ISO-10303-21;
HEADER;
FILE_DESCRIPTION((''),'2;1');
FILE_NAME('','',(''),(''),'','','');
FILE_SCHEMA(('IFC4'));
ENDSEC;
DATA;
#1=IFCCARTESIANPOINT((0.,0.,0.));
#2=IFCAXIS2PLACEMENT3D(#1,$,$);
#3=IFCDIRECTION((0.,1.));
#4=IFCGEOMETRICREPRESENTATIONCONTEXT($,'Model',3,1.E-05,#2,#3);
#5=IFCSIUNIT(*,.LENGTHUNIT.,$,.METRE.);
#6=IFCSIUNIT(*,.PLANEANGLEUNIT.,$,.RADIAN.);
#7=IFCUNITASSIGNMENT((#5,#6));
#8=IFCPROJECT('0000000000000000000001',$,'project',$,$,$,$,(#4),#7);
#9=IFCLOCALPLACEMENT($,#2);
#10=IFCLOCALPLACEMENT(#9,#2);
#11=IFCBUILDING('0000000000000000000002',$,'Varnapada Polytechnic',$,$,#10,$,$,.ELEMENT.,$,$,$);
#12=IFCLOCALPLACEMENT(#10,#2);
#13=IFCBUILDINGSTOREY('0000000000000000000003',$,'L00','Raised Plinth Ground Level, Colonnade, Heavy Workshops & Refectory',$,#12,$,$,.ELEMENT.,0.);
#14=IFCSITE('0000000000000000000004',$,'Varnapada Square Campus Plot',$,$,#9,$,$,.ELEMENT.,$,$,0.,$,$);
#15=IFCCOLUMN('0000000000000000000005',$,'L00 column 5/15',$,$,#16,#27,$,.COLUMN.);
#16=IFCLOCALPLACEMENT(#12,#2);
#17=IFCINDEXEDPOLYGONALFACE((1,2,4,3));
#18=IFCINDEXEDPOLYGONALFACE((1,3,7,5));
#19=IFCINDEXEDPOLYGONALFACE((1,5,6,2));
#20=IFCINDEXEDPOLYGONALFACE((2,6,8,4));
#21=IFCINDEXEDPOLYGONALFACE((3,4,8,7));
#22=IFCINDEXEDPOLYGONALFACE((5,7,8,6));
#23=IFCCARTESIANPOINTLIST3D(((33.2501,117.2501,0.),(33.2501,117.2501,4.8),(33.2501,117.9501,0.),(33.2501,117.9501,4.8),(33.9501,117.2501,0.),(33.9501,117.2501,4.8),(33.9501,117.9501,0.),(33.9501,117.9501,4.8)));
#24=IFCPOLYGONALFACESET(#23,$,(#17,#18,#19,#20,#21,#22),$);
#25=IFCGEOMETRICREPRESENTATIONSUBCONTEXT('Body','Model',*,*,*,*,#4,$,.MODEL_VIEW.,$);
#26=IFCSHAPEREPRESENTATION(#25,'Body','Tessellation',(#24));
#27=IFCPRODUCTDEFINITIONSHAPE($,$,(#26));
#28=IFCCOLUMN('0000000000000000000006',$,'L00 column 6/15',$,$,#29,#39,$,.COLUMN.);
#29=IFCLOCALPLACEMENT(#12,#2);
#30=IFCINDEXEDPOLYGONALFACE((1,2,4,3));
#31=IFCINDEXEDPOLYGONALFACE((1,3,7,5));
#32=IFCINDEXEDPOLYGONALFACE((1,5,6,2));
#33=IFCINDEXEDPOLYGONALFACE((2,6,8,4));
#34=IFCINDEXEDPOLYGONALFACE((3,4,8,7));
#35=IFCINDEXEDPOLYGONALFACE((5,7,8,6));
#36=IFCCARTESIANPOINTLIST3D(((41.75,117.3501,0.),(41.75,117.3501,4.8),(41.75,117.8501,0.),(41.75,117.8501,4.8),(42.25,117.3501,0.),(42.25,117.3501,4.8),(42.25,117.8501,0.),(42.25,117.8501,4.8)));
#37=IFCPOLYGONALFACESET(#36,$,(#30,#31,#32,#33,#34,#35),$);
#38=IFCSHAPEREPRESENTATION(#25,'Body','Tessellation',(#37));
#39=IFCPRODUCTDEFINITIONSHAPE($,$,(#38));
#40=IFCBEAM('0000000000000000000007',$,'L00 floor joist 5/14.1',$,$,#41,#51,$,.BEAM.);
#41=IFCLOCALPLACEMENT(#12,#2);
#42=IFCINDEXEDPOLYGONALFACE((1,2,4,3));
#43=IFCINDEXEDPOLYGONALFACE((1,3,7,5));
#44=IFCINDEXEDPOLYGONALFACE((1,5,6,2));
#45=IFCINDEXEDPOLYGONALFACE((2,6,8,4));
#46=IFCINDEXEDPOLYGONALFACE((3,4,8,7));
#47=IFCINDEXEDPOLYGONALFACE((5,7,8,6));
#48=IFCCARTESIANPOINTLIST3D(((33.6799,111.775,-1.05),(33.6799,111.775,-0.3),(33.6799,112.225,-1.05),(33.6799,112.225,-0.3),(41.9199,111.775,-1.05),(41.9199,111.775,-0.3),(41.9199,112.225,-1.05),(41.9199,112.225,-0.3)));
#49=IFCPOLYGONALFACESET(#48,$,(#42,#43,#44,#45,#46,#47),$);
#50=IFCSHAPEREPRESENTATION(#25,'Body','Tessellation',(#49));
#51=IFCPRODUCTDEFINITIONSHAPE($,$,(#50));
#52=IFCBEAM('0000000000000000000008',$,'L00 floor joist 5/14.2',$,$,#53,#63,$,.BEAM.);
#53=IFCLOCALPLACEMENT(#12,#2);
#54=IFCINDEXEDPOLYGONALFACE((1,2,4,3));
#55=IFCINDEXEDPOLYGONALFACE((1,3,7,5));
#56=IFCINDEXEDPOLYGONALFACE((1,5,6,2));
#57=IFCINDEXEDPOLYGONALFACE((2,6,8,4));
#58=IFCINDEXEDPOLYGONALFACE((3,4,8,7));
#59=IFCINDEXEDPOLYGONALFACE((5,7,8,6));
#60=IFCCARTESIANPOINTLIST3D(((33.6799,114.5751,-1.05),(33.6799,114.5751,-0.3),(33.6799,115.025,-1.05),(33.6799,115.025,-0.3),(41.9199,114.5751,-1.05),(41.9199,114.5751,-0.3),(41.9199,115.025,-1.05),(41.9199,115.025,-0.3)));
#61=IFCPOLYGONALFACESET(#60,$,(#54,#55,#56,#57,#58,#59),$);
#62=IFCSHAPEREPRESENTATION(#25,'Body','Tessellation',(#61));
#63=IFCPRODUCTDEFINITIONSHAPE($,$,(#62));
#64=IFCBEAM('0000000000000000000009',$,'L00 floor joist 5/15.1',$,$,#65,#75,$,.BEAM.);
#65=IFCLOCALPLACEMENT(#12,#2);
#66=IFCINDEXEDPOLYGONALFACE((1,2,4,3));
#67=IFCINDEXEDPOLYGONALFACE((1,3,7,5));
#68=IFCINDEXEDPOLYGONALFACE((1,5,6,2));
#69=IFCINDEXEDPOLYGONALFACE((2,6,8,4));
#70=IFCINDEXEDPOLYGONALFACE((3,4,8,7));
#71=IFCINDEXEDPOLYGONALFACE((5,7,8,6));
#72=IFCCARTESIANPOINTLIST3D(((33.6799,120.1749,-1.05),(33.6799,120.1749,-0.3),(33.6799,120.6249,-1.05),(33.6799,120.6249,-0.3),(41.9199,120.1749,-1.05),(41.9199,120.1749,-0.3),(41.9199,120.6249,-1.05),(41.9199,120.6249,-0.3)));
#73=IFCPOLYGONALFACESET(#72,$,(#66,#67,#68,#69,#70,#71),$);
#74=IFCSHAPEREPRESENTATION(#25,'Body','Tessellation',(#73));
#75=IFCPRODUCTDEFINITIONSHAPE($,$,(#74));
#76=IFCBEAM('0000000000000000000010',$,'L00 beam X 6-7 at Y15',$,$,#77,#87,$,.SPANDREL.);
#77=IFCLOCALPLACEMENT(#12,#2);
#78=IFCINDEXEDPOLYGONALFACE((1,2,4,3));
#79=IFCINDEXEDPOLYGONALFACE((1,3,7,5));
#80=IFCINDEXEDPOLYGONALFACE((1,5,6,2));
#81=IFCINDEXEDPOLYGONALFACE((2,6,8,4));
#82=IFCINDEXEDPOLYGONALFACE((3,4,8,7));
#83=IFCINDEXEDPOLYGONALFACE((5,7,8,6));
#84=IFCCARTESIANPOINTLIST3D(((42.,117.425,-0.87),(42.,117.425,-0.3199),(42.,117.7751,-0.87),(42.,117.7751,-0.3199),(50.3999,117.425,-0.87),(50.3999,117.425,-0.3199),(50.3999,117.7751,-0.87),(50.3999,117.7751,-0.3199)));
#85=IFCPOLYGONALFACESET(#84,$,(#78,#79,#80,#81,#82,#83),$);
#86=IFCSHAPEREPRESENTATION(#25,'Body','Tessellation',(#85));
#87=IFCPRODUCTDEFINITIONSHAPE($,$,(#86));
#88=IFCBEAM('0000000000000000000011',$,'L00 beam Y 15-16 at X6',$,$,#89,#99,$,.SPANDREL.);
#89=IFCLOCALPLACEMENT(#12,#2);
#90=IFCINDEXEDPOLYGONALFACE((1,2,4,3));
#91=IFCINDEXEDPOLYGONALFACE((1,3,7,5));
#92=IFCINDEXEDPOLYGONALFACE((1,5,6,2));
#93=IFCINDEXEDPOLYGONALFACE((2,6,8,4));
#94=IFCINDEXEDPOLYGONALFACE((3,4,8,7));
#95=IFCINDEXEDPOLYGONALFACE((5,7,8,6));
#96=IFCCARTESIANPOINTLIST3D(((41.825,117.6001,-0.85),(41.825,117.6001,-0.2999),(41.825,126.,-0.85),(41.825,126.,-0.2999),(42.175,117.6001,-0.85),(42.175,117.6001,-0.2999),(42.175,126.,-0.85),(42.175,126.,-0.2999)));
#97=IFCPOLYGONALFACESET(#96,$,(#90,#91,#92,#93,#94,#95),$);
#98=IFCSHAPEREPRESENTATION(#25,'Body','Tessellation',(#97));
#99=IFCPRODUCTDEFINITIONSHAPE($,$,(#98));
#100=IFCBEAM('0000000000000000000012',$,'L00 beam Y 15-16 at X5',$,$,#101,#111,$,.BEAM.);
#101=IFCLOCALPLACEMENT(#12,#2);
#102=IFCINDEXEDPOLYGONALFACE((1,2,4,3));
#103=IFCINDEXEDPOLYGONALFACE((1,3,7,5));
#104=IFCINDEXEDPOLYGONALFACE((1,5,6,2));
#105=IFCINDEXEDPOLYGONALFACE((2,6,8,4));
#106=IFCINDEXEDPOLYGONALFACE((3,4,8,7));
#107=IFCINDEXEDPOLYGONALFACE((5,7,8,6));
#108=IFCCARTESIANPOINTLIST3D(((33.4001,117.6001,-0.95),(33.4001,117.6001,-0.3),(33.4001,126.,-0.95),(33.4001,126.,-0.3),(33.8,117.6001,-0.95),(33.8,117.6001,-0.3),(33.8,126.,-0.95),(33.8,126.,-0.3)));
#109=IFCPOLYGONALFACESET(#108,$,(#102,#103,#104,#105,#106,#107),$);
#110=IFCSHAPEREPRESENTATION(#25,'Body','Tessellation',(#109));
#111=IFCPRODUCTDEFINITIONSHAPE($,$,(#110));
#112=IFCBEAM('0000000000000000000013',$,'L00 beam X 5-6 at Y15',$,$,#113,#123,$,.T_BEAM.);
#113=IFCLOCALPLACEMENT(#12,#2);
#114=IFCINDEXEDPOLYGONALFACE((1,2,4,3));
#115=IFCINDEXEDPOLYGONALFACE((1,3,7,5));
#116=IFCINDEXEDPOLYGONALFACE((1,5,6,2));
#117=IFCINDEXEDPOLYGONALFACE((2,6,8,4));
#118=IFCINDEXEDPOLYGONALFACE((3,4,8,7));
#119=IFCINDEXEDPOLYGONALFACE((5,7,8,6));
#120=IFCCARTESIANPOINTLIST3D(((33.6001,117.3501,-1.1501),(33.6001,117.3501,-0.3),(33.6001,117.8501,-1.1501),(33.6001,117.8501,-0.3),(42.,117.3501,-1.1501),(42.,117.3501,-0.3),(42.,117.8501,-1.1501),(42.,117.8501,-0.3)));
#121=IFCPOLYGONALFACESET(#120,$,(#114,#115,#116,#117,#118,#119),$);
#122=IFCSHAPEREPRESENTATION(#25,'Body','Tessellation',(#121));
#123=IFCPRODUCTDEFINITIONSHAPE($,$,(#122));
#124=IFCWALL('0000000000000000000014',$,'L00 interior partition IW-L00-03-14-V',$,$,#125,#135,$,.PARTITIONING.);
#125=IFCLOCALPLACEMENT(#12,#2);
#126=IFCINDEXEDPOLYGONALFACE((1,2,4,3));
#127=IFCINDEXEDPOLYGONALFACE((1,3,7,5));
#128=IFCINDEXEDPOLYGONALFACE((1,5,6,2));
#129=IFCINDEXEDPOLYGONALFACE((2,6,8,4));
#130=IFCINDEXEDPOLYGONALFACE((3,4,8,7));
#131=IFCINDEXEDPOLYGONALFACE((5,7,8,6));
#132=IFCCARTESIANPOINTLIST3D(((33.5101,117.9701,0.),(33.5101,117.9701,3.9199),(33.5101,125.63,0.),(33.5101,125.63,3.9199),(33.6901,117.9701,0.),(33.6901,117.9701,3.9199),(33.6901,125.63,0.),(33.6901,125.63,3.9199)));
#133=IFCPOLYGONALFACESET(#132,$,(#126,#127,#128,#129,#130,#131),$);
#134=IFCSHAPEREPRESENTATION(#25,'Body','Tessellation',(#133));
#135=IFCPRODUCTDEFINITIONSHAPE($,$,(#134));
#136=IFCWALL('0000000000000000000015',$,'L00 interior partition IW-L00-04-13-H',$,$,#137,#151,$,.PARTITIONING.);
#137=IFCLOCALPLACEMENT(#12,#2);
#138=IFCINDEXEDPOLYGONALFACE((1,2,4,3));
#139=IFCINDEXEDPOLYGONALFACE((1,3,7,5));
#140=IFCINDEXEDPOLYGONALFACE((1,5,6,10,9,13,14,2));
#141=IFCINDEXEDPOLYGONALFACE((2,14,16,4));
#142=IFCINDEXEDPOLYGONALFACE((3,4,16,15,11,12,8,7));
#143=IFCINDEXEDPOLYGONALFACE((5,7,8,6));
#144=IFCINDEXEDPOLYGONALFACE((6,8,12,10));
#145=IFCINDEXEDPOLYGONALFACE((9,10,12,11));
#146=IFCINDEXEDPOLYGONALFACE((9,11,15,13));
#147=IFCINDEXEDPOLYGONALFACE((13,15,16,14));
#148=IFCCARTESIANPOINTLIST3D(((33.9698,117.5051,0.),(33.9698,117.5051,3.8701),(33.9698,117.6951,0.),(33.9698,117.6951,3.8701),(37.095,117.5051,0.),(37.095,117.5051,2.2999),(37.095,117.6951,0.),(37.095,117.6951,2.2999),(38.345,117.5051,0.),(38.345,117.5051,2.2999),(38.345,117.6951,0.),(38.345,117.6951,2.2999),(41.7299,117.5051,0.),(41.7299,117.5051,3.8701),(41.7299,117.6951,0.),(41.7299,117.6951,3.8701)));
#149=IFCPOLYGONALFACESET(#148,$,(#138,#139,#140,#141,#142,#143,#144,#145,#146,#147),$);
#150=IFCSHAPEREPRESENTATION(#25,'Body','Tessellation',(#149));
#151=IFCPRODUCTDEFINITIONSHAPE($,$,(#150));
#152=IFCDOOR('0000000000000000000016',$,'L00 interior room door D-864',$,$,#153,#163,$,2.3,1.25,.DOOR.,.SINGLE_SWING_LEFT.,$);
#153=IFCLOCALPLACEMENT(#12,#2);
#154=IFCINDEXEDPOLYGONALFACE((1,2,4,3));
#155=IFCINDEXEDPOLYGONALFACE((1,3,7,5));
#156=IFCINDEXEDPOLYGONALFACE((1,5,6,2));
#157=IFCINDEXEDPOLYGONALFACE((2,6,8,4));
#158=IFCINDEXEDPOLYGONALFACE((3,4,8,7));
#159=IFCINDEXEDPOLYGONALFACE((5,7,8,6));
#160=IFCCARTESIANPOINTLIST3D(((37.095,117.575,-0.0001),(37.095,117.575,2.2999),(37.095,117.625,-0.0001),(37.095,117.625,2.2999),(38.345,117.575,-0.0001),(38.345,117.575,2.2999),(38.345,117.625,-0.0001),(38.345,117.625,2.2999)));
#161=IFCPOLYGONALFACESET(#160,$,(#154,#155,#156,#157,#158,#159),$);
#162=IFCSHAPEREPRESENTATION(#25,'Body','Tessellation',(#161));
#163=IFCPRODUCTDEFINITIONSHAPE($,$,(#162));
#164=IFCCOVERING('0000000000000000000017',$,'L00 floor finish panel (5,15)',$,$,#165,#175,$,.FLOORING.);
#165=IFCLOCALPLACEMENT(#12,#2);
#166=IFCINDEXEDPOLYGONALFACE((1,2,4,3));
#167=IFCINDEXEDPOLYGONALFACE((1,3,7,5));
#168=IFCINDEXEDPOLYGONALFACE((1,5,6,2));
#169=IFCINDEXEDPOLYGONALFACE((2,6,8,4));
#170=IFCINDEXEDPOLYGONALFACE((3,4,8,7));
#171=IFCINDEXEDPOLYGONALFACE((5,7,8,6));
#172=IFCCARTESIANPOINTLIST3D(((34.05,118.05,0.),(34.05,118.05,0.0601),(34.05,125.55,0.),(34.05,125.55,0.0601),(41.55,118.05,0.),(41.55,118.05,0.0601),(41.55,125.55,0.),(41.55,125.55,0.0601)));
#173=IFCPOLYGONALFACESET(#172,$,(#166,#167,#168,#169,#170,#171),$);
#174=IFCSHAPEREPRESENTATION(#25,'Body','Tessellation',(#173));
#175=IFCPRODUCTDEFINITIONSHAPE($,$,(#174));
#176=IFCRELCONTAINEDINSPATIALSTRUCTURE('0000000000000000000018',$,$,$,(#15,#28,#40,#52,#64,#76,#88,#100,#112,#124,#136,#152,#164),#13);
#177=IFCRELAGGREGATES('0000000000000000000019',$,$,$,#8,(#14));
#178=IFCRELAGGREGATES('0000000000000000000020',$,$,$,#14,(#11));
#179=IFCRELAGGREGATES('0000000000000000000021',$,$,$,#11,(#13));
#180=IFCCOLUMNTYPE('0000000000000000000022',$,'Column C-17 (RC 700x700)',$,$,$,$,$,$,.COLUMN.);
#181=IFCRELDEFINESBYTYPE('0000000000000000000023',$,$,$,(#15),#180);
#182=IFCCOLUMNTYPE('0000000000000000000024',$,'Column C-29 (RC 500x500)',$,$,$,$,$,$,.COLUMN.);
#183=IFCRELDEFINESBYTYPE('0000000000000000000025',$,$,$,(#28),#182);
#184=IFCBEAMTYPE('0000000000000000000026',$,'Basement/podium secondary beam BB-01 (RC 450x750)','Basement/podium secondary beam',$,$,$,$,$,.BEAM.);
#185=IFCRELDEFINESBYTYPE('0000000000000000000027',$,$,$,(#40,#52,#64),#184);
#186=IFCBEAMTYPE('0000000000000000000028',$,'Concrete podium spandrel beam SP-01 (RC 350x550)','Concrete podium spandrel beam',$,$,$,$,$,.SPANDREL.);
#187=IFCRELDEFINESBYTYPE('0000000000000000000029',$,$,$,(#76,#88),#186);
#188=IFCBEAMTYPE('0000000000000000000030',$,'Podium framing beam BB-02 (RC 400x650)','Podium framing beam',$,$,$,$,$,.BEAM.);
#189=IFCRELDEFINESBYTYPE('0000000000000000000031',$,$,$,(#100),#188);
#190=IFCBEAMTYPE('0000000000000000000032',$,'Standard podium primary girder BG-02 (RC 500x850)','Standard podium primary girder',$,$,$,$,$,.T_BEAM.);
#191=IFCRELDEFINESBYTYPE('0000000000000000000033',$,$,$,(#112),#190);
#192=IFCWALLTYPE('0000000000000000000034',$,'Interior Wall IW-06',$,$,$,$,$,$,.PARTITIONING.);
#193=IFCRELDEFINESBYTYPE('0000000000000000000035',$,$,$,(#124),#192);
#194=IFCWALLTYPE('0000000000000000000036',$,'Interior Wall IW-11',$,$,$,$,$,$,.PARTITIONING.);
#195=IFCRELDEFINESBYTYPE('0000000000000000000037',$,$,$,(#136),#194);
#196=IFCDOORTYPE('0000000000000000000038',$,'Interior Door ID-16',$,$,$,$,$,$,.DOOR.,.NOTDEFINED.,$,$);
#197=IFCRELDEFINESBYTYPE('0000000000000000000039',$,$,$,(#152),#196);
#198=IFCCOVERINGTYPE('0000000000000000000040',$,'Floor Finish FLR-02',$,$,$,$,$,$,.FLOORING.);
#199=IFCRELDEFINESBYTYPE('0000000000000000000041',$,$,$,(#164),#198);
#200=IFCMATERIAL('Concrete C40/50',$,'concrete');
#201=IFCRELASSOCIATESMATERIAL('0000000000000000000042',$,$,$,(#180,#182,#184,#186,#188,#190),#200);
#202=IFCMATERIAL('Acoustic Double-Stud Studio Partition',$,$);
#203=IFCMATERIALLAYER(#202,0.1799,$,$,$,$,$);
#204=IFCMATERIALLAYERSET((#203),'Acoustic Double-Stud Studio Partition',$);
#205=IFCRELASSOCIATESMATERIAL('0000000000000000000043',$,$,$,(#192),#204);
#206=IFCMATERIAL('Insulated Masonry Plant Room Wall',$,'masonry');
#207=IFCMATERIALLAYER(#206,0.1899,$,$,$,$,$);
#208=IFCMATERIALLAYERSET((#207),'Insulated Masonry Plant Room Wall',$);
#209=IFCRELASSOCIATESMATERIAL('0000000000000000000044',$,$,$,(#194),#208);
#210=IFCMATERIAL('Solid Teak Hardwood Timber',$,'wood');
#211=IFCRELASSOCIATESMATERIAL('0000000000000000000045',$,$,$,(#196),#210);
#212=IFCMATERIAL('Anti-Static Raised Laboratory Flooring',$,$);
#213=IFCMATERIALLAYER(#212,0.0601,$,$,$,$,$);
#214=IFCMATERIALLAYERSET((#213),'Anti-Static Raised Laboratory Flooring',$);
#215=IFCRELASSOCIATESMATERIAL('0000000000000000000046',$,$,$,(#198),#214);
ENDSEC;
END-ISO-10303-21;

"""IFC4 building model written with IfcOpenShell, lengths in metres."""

from ifc_helpers import new_model, si_unit, direction, frame, frame_2d, origin, origin_2d, place, context, subcontext, project, spatial, rectangle, extrude, material, layer, layer_set, material_profile, profile_set, type_object, element, fill, save


model = new_model("IFC4")

# Units and contexts
model_context = context("Model", 3, precision=1e-05, world=origin(), true_north=direction((0.0, 1.0)))
body_context = subcontext(model_context, "Body", "Model", "MODEL_VIEW")
ifc_project = project(units=[si_unit("LENGTHUNIT", "METRE"), si_unit("PLANEANGLEUNIT", "RADIAN")], contexts=[model_context])

# Site, building, storey
site_placement = place(None, origin())
site = spatial("IfcSite", under=ifc_project, at=site_placement, Name="Varnapada Square Campus Plot", CompositionType="ELEMENT", RefElevation=0.0)
building_placement = place(site_placement, origin())
building = spatial("IfcBuilding", under=site, at=building_placement, Name="Varnapada Polytechnic", CompositionType="ELEMENT")
storey_placement = place(building_placement, origin())
storey = spatial("IfcBuildingStorey", under=building, at=storey_placement, Name="L00", Description="Raised Plinth Ground Level, Colonnade, Heavy Workshops & Refectory", CompositionType="ELEMENT", Elevation=0.0)

# Columns
ifc_material_1 = material(Name="Concrete C40/50", Category="concrete")
ifc_material_profile_1 = material_profile(ifc_material_1, rectangle(XDim=0.7, YDim=0.7, at=origin_2d()), Name="RC 700x700")
ifc_profile_set_1 = profile_set([ifc_material_profile_1], Name="Concrete C40/50")
column_type_1 = type_object("IfcColumnType", Name="Column C-17 (RC 700x700)", PredefinedType="COLUMN", material=ifc_profile_set_1)
column_1_placement = place(storey_placement, frame((33.6001, 117.6001, 0.0), z_axis=(0.0, 0.0, 1.0), x_axis=(1.0, 0.0, 0.0)))
element("IfcColumn", 1, at=column_1_placement, inside=storey, type_object=column_type_1, Name="L00 column 5/15", PredefinedType="COLUMN", context=body_context, shape_type="SweptSolid", body=[
    extrude(rectangle(XDim=0.7, YDim=0.7, at=origin_2d()), origin(), (0.0, 0.0, 1.0), 4.8),
])
ifc_material_profile_2 = material_profile(ifc_material_1, rectangle(XDim=0.5, YDim=0.5, at=origin_2d()), Name="RC 500x500")
ifc_profile_set_2 = profile_set([ifc_material_profile_2], Name="Concrete C40/50")
column_type_2 = type_object("IfcColumnType", Name="Column C-29 (RC 500x500)", PredefinedType="COLUMN", material=ifc_profile_set_2)
column_2_placement = place(storey_placement, frame((42.0, 117.6001, 0.0), z_axis=(0.0, 0.0, 1.0), x_axis=(1.0, 0.0, 0.0)))
element("IfcColumn", 2, at=column_2_placement, inside=storey, type_object=column_type_2, Name="L00 column 6/15", PredefinedType="COLUMN", context=body_context, shape_type="SweptSolid", body=[
    extrude(rectangle(XDim=0.5, YDim=0.5, at=origin_2d()), origin(), (0.0, 0.0, 1.0), 4.8),
])

# Beams
ifc_material_profile_3 = material_profile(ifc_material_1, rectangle(XDim=0.45, YDim=0.75, at=origin_2d()), Name="RC 450x750")
ifc_profile_set_3 = profile_set([ifc_material_profile_3], Name="Concrete C40/50")
beam_type_1 = type_object("IfcBeamType", Name="Basement/podium secondary beam BB-01 (RC 450x750)", Description="Basement/podium secondary beam", PredefinedType="BEAM", material=ifc_profile_set_3)
for number, where, z_axis, x_axis, name in (
    (3, (33.6799, 112.0, -0.675), (1.0, 0.0, 0.0), (0.0, 1.0, 0.0), "L00 floor joist 5/14.1"),
    (4, (33.6799, 114.8, -0.675), (1.0, 0.0, 0.0), (0.0, 1.0, 0.0), "L00 floor joist 5/14.2"),
    (5, (33.6799, 120.3999, -0.675), (1.0, 0.0, 0.0), (0.0, 1.0, 0.0), "L00 floor joist 5/15.1"),
):
    element("IfcBeam", number, at=place(storey_placement, frame(where, z_axis=z_axis, x_axis=x_axis)), inside=storey, type_object=beam_type_1, Name=name, PredefinedType="BEAM", context=body_context, shape_type="SweptSolid", body=[
        extrude(rectangle(XDim=0.45, YDim=0.75, at=origin_2d()), origin(), (0.0, 0.0, 1.0), 8.24),
    ])
ifc_material_profile_4 = material_profile(ifc_material_1, rectangle(XDim=0.3501, YDim=0.55, at=origin_2d()), Name="RC 350x550")
ifc_profile_set_4 = profile_set([ifc_material_profile_4], Name="Concrete C40/50")
beam_type_2 = type_object("IfcBeamType", Name="Concrete podium spandrel beam SP-01 (RC 350x550)", Description="Concrete podium spandrel beam", PredefinedType="SPANDREL", material=ifc_profile_set_4)
for number, where, z_axis, x_axis, name in (
    (6, (42.0, 117.6001, -0.595), (1.0, 0.0, 0.0), (0.0, 1.0, 0.0), "L00 beam X 6-7 at Y15"),
    (7, (42.0, 117.6001, -0.575), (0.0, 1.0, 0.0), (-1.0, 0.0, 0.0), "L00 beam Y 15-16 at X6"),
):
    element("IfcBeam", number, at=place(storey_placement, frame(where, z_axis=z_axis, x_axis=x_axis)), inside=storey, type_object=beam_type_2, Name=name, PredefinedType="SPANDREL", context=body_context, shape_type="SweptSolid", body=[
        extrude(rectangle(XDim=0.3501, YDim=0.55, at=origin_2d()), origin(), (0.0, 0.0, 1.0), 8.3999),
    ])
ifc_material_profile_5 = material_profile(ifc_material_1, rectangle(XDim=0.3999, YDim=0.6499, at=origin_2d()), Name="RC 400x650")
ifc_profile_set_5 = profile_set([ifc_material_profile_5], Name="Concrete C40/50")
beam_type_3 = type_object("IfcBeamType", Name="Podium framing beam BB-02 (RC 400x650)", Description="Podium framing beam", PredefinedType="BEAM", material=ifc_profile_set_5)
beam_1_placement = place(storey_placement, frame((33.6001, 117.6001, -0.625), z_axis=(0.0, 1.0, 0.0), x_axis=(-1.0, 0.0, 0.0)))
element("IfcBeam", 8, at=beam_1_placement, inside=storey, type_object=beam_type_3, Name="L00 beam Y 15-16 at X5", PredefinedType="BEAM", context=body_context, shape_type="SweptSolid", body=[
    extrude(rectangle(XDim=0.3999, YDim=0.6499, at=origin_2d()), origin(), (0.0, 0.0, 1.0), 8.3999),
])
ifc_material_profile_6 = material_profile(ifc_material_1, rectangle(XDim=0.5, YDim=0.8501, at=origin_2d()), Name="RC 500x850")
ifc_profile_set_6 = profile_set([ifc_material_profile_6], Name="Concrete C40/50")
beam_type_4 = type_object("IfcBeamType", Name="Standard podium primary girder BG-02 (RC 500x850)", Description="Standard podium primary girder", PredefinedType="T_BEAM", material=ifc_profile_set_6)
beam_2_placement = place(storey_placement, frame((33.6001, 117.6001, -0.7251), z_axis=(1.0, 0.0, 0.0), x_axis=(0.0, 1.0, 0.0)))
element("IfcBeam", 9, at=beam_2_placement, inside=storey, type_object=beam_type_4, Name="L00 beam X 5-6 at Y15", PredefinedType="T_BEAM", context=body_context, shape_type="SweptSolid", body=[
    extrude(rectangle(XDim=0.5, YDim=0.8501, at=origin_2d()), origin(), (0.0, 0.0, 1.0), 8.3999),
])

# Wall
ifc_material_2 = material(Name="Acoustic Double-Stud Studio Partition")
ifc_layer_1 = layer(ifc_material_2, 0.1799)
ifc_layer_set_1 = layer_set([ifc_layer_1], Name="Acoustic Double-Stud Studio Partition")
wall_type_1 = type_object("IfcWallType", Name="Interior Wall IW-06", PredefinedType="PARTITIONING", material=ifc_layer_set_1)
wall_1_placement = place(storey_placement, frame((33.6001, 117.97, 0.0), z_axis=(0.0, 0.0, 1.0), x_axis=(0.0, 1.0, 0.0)))
element("IfcWall", 10, at=wall_1_placement, inside=storey, type_object=wall_type_1, Name="L00 interior partition IW-L00-03-14-V", PredefinedType="PARTITIONING", context=body_context, shape_type="SweptSolid", body=[
    extrude(rectangle(XDim=7.6599, YDim=0.1799, at=frame_2d((3.8301, 0.0))), origin(), (0.0, 0.0, 1.0), 3.9199),
])

# Wall, opening, door
ifc_material_3 = material(Name="Insulated Masonry Plant Room Wall", Category="masonry")
ifc_layer_2 = layer(ifc_material_3, 0.1899)
ifc_layer_set_2 = layer_set([ifc_layer_2], Name="Insulated Masonry Plant Room Wall")
wall_type_2 = type_object("IfcWallType", Name="Interior Wall IW-11", PredefinedType="PARTITIONING", material=ifc_layer_set_2)
wall_2_placement = place(storey_placement, frame((33.97, 117.6001, 0.0), z_axis=(0.0, 0.0, 1.0), x_axis=(1.0, 0.0, 0.0)))
wall_2 = element("IfcWall", 11, at=wall_2_placement, inside=storey, type_object=wall_type_2, Name="L00 interior partition IW-L00-04-13-H", PredefinedType="PARTITIONING", context=body_context, shape_type="SweptSolid", body=[
    extrude(rectangle(XDim=7.76, YDim=0.1899, at=frame_2d((3.8799, 0.0))), origin(), (0.0, 0.0, 1.0), 3.8701),
])
opening_placement = place(wall_2_placement, frame((3.125, 0.0, 0.0)))
opening = element("IfcOpeningElement", 12, at=opening_placement, cuts=wall_2, PredefinedType="OPENING", context=body_context, shape_type="SweptSolid", body=[
    extrude(rectangle(XDim=1.25, YDim=2.3, at=frame_2d((0.625, 1.1499))), frame((0.0, 0.105, 0.0), z_axis=(0.0, -1.0, 0.0), x_axis=(1.0, 0.0, 0.0)), (0.0, 0.0, 1.0), 0.21),
])
ifc_material_4 = material(Name="Solid Teak Hardwood Timber", Category="wood")
door_type = type_object("IfcDoorType", Name="Interior Door ID-16", OperationType="NOTDEFINED", PredefinedType="DOOR", material=ifc_material_4)
door_placement = place(opening_placement, origin())
door = element("IfcDoor", 13, at=door_placement, inside=storey, type_object=door_type, Name="L00 interior room door D-864", OperationType="SINGLE_SWING_LEFT", OverallHeight=2.3, OverallWidth=1.25, PredefinedType="DOOR", context=body_context, shape_type="SweptSolid", body=[
    extrude(rectangle(XDim=1.25, YDim=2.3, at=frame_2d((0.625, 1.1499))), frame((0.0, 0.0249, 0.0), z_axis=(0.0, -1.0, 0.0), x_axis=(1.0, 0.0, 0.0)), (0.0, 0.0, 1.0), 0.05),
])
fill(opening, door)

# Covering
ifc_material_5 = material(Name="Anti-Static Raised Laboratory Flooring")
ifc_layer_3 = layer(ifc_material_5, 0.0601)
ifc_layer_set_3 = layer_set([ifc_layer_3], Name="Anti-Static Raised Laboratory Flooring")
covering_type_1 = type_object("IfcCoveringType", Name="Floor Finish FLR-02", PredefinedType="FLOORING", material=ifc_layer_set_3)
covering_1_placement = place(storey_placement, frame((37.8, 121.8, 0.0), z_axis=(0.0, 0.0, 1.0), x_axis=(1.0, 0.0, 0.0)))
element("IfcCovering", 14, at=covering_1_placement, inside=storey, type_object=covering_type_1, Name="L00 floor finish panel (5,15)", PredefinedType="FLOORING", context=body_context, shape_type="SweptSolid", body=[
    extrude(rectangle(XDim=7.5, YDim=7.5, at=origin_2d()), origin(), (0.0, 0.0, 1.0), 0.0601),
])

save(model, "model.ifc")
